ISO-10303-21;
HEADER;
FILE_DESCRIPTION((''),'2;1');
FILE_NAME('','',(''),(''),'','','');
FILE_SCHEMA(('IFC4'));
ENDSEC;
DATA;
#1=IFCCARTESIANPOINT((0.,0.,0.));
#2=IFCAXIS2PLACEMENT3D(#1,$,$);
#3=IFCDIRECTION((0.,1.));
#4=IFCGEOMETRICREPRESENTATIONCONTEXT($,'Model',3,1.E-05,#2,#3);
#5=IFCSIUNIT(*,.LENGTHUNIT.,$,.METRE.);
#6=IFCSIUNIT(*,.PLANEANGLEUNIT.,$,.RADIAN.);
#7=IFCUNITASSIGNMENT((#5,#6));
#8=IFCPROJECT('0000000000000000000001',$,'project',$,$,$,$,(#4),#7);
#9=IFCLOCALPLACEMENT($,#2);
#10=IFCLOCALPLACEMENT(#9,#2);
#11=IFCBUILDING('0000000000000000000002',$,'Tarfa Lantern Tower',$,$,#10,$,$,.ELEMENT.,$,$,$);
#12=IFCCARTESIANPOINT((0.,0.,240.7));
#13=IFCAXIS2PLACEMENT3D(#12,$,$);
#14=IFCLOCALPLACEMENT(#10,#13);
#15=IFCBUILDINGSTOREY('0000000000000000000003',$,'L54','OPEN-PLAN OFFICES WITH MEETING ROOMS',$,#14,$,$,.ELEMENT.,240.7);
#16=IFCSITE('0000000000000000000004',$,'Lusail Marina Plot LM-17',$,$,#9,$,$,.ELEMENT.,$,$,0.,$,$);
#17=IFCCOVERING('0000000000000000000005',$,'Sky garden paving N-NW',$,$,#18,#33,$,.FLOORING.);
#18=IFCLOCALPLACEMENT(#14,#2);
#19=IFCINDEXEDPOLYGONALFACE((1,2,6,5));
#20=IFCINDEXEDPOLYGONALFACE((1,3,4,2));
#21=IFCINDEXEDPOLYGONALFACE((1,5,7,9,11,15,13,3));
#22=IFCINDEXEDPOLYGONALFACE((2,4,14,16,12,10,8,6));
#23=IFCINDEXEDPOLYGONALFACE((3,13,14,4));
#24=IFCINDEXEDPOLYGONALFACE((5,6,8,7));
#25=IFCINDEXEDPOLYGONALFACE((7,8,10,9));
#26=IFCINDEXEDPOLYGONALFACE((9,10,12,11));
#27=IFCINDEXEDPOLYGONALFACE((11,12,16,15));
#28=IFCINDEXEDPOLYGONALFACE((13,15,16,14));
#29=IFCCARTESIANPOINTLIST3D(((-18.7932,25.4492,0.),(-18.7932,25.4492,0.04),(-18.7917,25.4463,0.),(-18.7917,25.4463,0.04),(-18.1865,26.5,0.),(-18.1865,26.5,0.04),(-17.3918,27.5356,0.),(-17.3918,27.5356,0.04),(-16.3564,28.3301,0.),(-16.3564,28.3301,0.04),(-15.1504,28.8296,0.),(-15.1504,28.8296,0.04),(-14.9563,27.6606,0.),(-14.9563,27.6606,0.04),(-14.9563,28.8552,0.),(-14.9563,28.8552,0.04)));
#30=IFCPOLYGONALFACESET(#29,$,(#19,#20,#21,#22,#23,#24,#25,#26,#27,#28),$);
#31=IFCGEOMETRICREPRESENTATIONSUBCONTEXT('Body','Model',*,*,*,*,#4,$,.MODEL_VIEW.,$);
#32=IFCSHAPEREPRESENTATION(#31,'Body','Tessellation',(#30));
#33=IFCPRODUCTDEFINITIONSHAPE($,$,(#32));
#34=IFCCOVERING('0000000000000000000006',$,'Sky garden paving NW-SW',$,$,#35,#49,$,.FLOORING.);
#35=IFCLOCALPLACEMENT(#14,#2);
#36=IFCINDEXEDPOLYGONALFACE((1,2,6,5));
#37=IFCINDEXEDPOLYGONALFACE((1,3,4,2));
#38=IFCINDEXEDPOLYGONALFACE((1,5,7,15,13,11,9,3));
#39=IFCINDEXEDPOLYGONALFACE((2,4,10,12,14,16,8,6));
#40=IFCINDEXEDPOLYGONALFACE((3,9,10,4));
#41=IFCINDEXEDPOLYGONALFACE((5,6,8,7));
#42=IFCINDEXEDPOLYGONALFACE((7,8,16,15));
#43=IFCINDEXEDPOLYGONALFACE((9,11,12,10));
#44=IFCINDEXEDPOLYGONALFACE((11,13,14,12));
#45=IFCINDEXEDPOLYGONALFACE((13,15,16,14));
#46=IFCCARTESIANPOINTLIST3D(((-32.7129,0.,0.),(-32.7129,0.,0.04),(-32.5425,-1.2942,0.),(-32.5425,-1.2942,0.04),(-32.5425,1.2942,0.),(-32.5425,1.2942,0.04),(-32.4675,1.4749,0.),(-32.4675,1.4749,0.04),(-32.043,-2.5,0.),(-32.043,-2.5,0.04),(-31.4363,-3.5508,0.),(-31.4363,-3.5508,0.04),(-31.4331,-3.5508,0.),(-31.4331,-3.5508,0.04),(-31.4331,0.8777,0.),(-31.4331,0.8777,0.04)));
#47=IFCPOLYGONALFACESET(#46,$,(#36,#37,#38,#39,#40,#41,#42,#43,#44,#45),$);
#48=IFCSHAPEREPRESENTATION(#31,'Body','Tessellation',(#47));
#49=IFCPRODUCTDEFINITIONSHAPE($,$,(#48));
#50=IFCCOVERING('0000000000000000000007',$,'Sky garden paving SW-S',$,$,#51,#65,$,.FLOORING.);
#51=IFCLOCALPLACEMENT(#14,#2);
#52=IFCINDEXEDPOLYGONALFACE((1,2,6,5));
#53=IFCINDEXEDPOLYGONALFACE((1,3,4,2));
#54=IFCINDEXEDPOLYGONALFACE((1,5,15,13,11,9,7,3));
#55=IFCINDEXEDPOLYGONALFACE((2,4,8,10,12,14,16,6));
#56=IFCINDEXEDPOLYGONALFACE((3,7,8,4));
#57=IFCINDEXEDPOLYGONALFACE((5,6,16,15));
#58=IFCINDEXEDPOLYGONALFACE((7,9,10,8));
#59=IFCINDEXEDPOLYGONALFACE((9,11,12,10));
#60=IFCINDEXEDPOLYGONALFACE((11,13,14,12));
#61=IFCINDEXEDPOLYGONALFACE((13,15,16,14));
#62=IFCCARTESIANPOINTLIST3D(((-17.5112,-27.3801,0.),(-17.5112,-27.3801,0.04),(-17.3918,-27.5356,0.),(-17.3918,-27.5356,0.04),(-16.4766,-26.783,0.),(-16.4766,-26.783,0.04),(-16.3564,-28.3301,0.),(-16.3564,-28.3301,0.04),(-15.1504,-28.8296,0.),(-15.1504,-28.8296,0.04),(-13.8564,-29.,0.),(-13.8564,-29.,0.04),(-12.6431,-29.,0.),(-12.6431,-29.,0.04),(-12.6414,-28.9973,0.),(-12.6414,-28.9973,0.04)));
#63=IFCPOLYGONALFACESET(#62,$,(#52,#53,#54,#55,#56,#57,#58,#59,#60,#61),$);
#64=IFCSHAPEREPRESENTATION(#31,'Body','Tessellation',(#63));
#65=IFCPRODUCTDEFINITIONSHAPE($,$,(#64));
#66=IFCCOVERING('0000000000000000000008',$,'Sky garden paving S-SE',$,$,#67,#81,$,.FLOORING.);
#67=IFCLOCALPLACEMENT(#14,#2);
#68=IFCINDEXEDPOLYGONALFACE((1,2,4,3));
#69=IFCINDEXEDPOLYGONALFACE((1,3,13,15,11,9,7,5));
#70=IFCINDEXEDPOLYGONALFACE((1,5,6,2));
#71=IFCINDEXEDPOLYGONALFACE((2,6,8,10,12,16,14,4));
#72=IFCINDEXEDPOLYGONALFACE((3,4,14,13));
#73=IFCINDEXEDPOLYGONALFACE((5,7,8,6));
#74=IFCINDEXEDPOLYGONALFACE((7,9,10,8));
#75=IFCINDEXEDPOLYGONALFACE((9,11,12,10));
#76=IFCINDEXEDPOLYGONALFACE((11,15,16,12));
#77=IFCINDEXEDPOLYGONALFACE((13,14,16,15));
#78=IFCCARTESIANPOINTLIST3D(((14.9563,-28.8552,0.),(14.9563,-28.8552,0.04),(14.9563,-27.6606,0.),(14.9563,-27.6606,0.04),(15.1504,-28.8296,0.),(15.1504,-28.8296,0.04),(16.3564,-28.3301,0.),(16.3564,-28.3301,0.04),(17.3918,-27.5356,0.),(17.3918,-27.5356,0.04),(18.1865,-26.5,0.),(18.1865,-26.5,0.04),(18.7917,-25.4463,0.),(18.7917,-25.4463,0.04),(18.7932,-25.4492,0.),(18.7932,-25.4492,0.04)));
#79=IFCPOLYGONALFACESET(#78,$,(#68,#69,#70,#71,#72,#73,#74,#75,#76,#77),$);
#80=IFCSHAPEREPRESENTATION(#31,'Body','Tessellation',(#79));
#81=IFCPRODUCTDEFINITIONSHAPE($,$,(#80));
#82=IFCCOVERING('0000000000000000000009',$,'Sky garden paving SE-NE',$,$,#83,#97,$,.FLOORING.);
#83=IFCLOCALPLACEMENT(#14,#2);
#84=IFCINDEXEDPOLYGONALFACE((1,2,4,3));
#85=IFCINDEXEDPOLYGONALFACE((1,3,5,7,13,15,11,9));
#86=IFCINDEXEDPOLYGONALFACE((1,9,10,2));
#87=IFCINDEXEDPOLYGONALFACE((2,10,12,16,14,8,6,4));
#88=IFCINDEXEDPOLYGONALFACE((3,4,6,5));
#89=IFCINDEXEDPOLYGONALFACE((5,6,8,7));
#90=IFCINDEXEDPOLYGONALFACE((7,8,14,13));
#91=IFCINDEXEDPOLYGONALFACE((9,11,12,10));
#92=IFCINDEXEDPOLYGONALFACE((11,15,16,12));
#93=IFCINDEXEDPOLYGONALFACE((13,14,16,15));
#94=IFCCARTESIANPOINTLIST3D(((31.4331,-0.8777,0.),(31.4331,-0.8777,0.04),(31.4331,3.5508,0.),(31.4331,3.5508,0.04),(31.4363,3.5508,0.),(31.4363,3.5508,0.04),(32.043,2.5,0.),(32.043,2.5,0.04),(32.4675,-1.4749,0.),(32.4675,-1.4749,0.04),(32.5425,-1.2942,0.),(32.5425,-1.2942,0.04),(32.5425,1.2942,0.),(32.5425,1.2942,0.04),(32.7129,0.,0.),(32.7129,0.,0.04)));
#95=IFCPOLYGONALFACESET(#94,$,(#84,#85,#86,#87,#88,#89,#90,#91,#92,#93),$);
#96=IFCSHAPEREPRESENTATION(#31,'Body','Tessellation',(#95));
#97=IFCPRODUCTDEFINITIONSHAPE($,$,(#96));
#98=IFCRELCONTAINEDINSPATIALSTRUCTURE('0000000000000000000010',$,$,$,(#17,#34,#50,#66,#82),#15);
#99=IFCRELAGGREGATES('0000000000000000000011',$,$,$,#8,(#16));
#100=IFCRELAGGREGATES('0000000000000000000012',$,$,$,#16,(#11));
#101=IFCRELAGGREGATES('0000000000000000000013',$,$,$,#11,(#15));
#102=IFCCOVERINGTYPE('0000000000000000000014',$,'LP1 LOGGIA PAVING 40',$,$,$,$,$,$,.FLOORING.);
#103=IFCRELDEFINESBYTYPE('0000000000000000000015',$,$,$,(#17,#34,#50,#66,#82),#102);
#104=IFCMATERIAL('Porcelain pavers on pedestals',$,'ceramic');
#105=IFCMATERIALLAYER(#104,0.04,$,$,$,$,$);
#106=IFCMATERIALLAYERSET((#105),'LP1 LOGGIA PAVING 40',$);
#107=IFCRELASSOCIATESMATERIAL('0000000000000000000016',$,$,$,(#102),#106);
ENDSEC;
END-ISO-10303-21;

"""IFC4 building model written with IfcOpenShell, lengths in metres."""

from ifc_helpers import new_model, si_unit, direction, frame, origin, place, context, subcontext, project, spatial, polyline, outline, extrude, material, layer, layer_set, type_object, element, save


model = new_model("IFC4")

# Units and contexts
model_context = context("Model", 3, precision=1e-05, world=origin(), true_north=direction((0.0, 1.0)))
body_context = subcontext(model_context, "Body", "Model", "MODEL_VIEW")
ifc_project = project(units=[si_unit("LENGTHUNIT", "METRE"), si_unit("PLANEANGLEUNIT", "RADIAN")], contexts=[model_context])

# Site, building, storey
site_placement = place(None, origin())
site = spatial("IfcSite", under=ifc_project, at=site_placement, Name="Lusail Marina Plot LM-17", CompositionType="ELEMENT", RefElevation=0.0)
building_placement = place(site_placement, origin())
building = spatial("IfcBuilding", under=site, at=building_placement, Name="Tarfa Lantern Tower", CompositionType="ELEMENT")
storey_placement = place(building_placement, frame((0.0, 0.0, 240.7)))
storey = spatial("IfcBuildingStorey", under=building, at=storey_placement, Name="L54", Description="OPEN-PLAN OFFICES WITH MEETING ROOMS", CompositionType="ELEMENT", Elevation=240.7)

# Coverings
ifc_material_1 = material(Name="Porcelain pavers on pedestals", Category="ceramic")
ifc_layer_1 = layer(ifc_material_1, 0.04)
ifc_layer_set_1 = layer_set([ifc_layer_1], Name="LP1 LOGGIA PAVING 40")
covering_type = type_object("IfcCoveringType", Name="LP1 LOGGIA PAVING 40", PredefinedType="FLOORING", material=ifc_layer_set_1)
covering_1_placement = place(storey_placement, origin())
element("IfcCovering", 1, at=covering_1_placement, inside=storey, type_object=covering_type, Name="Sky garden paving N-NW", PredefinedType="FLOORING", context=body_context, shape_type="SweptSolid", body=[
    extrude(outline(polyline([(-17.3918, 27.5356), (-16.3564, 28.3301), (-15.1504, 28.8296), (-14.9563, 28.8552), (-14.9563, 27.6606), (-18.7917, 25.4463), (-18.7932, 25.4492), (-18.1865, 26.5), (-17.3918, 27.5356)])), origin(), (0.0, 0.0, 1.0), 0.04),
])
covering_2_placement = place(storey_placement, origin())
element("IfcCovering", 2, at=covering_2_placement, inside=storey, type_object=covering_type, Name="Sky garden paving NW-SW", PredefinedType="FLOORING", context=body_context, shape_type="SweptSolid", body=[
    extrude(outline(polyline([(-32.5425, -1.2942), (-32.7129, 0.0), (-32.5425, 1.2942), (-32.4675, 1.4749), (-31.4331, 0.8777), (-31.4331, -3.5508), (-31.4363, -3.5508), (-32.043, -2.5), (-32.5425, -1.2942)])), origin(), (0.0, 0.0, 1.0), 0.04),
])
covering_3_placement = place(storey_placement, origin())
element("IfcCovering", 3, at=covering_3_placement, inside=storey, type_object=covering_type, Name="Sky garden paving SW-S", PredefinedType="FLOORING", context=body_context, shape_type="SweptSolid", body=[
    extrude(outline(polyline([(-15.1504, -28.8296), (-16.3564, -28.3301), (-17.3918, -27.5356), (-17.5112, -27.3801), (-16.4766, -26.783), (-12.6414, -28.9973), (-12.6431, -29.0), (-13.8564, -29.0), (-15.1504, -28.8296)])), origin(), (0.0, 0.0, 1.0), 0.04),
])
covering_4_placement = place(storey_placement, origin())
element("IfcCovering", 4, at=covering_4_placement, inside=storey, type_object=covering_type, Name="Sky garden paving S-SE", PredefinedType="FLOORING", context=body_context, shape_type="SweptSolid", body=[
    extrude(outline(polyline([(17.3918, -27.5356), (16.3564, -28.3301), (15.1504, -28.8296), (14.9563, -28.8552), (14.9563, -27.6606), (18.7917, -25.4463), (18.7932, -25.4492), (18.1865, -26.5), (17.3918, -27.5356)])), origin(), (0.0, 0.0, 1.0), 0.04),
])
covering_5_placement = place(storey_placement, origin())
element("IfcCovering", 5, at=covering_5_placement, inside=storey, type_object=covering_type, Name="Sky garden paving SE-NE", PredefinedType="FLOORING", context=body_context, shape_type="SweptSolid", body=[
    extrude(outline(polyline([(32.5425, 1.2942), (32.7129, 0.0), (32.5425, -1.2942), (32.4675, -1.4749), (31.4331, -0.8777), (31.4331, 3.5508), (31.4363, 3.5508), (32.043, 2.5), (32.5425, 1.2942)])), origin(), (0.0, 0.0, 1.0), 0.04),
])

save(model, "model.ifc")
